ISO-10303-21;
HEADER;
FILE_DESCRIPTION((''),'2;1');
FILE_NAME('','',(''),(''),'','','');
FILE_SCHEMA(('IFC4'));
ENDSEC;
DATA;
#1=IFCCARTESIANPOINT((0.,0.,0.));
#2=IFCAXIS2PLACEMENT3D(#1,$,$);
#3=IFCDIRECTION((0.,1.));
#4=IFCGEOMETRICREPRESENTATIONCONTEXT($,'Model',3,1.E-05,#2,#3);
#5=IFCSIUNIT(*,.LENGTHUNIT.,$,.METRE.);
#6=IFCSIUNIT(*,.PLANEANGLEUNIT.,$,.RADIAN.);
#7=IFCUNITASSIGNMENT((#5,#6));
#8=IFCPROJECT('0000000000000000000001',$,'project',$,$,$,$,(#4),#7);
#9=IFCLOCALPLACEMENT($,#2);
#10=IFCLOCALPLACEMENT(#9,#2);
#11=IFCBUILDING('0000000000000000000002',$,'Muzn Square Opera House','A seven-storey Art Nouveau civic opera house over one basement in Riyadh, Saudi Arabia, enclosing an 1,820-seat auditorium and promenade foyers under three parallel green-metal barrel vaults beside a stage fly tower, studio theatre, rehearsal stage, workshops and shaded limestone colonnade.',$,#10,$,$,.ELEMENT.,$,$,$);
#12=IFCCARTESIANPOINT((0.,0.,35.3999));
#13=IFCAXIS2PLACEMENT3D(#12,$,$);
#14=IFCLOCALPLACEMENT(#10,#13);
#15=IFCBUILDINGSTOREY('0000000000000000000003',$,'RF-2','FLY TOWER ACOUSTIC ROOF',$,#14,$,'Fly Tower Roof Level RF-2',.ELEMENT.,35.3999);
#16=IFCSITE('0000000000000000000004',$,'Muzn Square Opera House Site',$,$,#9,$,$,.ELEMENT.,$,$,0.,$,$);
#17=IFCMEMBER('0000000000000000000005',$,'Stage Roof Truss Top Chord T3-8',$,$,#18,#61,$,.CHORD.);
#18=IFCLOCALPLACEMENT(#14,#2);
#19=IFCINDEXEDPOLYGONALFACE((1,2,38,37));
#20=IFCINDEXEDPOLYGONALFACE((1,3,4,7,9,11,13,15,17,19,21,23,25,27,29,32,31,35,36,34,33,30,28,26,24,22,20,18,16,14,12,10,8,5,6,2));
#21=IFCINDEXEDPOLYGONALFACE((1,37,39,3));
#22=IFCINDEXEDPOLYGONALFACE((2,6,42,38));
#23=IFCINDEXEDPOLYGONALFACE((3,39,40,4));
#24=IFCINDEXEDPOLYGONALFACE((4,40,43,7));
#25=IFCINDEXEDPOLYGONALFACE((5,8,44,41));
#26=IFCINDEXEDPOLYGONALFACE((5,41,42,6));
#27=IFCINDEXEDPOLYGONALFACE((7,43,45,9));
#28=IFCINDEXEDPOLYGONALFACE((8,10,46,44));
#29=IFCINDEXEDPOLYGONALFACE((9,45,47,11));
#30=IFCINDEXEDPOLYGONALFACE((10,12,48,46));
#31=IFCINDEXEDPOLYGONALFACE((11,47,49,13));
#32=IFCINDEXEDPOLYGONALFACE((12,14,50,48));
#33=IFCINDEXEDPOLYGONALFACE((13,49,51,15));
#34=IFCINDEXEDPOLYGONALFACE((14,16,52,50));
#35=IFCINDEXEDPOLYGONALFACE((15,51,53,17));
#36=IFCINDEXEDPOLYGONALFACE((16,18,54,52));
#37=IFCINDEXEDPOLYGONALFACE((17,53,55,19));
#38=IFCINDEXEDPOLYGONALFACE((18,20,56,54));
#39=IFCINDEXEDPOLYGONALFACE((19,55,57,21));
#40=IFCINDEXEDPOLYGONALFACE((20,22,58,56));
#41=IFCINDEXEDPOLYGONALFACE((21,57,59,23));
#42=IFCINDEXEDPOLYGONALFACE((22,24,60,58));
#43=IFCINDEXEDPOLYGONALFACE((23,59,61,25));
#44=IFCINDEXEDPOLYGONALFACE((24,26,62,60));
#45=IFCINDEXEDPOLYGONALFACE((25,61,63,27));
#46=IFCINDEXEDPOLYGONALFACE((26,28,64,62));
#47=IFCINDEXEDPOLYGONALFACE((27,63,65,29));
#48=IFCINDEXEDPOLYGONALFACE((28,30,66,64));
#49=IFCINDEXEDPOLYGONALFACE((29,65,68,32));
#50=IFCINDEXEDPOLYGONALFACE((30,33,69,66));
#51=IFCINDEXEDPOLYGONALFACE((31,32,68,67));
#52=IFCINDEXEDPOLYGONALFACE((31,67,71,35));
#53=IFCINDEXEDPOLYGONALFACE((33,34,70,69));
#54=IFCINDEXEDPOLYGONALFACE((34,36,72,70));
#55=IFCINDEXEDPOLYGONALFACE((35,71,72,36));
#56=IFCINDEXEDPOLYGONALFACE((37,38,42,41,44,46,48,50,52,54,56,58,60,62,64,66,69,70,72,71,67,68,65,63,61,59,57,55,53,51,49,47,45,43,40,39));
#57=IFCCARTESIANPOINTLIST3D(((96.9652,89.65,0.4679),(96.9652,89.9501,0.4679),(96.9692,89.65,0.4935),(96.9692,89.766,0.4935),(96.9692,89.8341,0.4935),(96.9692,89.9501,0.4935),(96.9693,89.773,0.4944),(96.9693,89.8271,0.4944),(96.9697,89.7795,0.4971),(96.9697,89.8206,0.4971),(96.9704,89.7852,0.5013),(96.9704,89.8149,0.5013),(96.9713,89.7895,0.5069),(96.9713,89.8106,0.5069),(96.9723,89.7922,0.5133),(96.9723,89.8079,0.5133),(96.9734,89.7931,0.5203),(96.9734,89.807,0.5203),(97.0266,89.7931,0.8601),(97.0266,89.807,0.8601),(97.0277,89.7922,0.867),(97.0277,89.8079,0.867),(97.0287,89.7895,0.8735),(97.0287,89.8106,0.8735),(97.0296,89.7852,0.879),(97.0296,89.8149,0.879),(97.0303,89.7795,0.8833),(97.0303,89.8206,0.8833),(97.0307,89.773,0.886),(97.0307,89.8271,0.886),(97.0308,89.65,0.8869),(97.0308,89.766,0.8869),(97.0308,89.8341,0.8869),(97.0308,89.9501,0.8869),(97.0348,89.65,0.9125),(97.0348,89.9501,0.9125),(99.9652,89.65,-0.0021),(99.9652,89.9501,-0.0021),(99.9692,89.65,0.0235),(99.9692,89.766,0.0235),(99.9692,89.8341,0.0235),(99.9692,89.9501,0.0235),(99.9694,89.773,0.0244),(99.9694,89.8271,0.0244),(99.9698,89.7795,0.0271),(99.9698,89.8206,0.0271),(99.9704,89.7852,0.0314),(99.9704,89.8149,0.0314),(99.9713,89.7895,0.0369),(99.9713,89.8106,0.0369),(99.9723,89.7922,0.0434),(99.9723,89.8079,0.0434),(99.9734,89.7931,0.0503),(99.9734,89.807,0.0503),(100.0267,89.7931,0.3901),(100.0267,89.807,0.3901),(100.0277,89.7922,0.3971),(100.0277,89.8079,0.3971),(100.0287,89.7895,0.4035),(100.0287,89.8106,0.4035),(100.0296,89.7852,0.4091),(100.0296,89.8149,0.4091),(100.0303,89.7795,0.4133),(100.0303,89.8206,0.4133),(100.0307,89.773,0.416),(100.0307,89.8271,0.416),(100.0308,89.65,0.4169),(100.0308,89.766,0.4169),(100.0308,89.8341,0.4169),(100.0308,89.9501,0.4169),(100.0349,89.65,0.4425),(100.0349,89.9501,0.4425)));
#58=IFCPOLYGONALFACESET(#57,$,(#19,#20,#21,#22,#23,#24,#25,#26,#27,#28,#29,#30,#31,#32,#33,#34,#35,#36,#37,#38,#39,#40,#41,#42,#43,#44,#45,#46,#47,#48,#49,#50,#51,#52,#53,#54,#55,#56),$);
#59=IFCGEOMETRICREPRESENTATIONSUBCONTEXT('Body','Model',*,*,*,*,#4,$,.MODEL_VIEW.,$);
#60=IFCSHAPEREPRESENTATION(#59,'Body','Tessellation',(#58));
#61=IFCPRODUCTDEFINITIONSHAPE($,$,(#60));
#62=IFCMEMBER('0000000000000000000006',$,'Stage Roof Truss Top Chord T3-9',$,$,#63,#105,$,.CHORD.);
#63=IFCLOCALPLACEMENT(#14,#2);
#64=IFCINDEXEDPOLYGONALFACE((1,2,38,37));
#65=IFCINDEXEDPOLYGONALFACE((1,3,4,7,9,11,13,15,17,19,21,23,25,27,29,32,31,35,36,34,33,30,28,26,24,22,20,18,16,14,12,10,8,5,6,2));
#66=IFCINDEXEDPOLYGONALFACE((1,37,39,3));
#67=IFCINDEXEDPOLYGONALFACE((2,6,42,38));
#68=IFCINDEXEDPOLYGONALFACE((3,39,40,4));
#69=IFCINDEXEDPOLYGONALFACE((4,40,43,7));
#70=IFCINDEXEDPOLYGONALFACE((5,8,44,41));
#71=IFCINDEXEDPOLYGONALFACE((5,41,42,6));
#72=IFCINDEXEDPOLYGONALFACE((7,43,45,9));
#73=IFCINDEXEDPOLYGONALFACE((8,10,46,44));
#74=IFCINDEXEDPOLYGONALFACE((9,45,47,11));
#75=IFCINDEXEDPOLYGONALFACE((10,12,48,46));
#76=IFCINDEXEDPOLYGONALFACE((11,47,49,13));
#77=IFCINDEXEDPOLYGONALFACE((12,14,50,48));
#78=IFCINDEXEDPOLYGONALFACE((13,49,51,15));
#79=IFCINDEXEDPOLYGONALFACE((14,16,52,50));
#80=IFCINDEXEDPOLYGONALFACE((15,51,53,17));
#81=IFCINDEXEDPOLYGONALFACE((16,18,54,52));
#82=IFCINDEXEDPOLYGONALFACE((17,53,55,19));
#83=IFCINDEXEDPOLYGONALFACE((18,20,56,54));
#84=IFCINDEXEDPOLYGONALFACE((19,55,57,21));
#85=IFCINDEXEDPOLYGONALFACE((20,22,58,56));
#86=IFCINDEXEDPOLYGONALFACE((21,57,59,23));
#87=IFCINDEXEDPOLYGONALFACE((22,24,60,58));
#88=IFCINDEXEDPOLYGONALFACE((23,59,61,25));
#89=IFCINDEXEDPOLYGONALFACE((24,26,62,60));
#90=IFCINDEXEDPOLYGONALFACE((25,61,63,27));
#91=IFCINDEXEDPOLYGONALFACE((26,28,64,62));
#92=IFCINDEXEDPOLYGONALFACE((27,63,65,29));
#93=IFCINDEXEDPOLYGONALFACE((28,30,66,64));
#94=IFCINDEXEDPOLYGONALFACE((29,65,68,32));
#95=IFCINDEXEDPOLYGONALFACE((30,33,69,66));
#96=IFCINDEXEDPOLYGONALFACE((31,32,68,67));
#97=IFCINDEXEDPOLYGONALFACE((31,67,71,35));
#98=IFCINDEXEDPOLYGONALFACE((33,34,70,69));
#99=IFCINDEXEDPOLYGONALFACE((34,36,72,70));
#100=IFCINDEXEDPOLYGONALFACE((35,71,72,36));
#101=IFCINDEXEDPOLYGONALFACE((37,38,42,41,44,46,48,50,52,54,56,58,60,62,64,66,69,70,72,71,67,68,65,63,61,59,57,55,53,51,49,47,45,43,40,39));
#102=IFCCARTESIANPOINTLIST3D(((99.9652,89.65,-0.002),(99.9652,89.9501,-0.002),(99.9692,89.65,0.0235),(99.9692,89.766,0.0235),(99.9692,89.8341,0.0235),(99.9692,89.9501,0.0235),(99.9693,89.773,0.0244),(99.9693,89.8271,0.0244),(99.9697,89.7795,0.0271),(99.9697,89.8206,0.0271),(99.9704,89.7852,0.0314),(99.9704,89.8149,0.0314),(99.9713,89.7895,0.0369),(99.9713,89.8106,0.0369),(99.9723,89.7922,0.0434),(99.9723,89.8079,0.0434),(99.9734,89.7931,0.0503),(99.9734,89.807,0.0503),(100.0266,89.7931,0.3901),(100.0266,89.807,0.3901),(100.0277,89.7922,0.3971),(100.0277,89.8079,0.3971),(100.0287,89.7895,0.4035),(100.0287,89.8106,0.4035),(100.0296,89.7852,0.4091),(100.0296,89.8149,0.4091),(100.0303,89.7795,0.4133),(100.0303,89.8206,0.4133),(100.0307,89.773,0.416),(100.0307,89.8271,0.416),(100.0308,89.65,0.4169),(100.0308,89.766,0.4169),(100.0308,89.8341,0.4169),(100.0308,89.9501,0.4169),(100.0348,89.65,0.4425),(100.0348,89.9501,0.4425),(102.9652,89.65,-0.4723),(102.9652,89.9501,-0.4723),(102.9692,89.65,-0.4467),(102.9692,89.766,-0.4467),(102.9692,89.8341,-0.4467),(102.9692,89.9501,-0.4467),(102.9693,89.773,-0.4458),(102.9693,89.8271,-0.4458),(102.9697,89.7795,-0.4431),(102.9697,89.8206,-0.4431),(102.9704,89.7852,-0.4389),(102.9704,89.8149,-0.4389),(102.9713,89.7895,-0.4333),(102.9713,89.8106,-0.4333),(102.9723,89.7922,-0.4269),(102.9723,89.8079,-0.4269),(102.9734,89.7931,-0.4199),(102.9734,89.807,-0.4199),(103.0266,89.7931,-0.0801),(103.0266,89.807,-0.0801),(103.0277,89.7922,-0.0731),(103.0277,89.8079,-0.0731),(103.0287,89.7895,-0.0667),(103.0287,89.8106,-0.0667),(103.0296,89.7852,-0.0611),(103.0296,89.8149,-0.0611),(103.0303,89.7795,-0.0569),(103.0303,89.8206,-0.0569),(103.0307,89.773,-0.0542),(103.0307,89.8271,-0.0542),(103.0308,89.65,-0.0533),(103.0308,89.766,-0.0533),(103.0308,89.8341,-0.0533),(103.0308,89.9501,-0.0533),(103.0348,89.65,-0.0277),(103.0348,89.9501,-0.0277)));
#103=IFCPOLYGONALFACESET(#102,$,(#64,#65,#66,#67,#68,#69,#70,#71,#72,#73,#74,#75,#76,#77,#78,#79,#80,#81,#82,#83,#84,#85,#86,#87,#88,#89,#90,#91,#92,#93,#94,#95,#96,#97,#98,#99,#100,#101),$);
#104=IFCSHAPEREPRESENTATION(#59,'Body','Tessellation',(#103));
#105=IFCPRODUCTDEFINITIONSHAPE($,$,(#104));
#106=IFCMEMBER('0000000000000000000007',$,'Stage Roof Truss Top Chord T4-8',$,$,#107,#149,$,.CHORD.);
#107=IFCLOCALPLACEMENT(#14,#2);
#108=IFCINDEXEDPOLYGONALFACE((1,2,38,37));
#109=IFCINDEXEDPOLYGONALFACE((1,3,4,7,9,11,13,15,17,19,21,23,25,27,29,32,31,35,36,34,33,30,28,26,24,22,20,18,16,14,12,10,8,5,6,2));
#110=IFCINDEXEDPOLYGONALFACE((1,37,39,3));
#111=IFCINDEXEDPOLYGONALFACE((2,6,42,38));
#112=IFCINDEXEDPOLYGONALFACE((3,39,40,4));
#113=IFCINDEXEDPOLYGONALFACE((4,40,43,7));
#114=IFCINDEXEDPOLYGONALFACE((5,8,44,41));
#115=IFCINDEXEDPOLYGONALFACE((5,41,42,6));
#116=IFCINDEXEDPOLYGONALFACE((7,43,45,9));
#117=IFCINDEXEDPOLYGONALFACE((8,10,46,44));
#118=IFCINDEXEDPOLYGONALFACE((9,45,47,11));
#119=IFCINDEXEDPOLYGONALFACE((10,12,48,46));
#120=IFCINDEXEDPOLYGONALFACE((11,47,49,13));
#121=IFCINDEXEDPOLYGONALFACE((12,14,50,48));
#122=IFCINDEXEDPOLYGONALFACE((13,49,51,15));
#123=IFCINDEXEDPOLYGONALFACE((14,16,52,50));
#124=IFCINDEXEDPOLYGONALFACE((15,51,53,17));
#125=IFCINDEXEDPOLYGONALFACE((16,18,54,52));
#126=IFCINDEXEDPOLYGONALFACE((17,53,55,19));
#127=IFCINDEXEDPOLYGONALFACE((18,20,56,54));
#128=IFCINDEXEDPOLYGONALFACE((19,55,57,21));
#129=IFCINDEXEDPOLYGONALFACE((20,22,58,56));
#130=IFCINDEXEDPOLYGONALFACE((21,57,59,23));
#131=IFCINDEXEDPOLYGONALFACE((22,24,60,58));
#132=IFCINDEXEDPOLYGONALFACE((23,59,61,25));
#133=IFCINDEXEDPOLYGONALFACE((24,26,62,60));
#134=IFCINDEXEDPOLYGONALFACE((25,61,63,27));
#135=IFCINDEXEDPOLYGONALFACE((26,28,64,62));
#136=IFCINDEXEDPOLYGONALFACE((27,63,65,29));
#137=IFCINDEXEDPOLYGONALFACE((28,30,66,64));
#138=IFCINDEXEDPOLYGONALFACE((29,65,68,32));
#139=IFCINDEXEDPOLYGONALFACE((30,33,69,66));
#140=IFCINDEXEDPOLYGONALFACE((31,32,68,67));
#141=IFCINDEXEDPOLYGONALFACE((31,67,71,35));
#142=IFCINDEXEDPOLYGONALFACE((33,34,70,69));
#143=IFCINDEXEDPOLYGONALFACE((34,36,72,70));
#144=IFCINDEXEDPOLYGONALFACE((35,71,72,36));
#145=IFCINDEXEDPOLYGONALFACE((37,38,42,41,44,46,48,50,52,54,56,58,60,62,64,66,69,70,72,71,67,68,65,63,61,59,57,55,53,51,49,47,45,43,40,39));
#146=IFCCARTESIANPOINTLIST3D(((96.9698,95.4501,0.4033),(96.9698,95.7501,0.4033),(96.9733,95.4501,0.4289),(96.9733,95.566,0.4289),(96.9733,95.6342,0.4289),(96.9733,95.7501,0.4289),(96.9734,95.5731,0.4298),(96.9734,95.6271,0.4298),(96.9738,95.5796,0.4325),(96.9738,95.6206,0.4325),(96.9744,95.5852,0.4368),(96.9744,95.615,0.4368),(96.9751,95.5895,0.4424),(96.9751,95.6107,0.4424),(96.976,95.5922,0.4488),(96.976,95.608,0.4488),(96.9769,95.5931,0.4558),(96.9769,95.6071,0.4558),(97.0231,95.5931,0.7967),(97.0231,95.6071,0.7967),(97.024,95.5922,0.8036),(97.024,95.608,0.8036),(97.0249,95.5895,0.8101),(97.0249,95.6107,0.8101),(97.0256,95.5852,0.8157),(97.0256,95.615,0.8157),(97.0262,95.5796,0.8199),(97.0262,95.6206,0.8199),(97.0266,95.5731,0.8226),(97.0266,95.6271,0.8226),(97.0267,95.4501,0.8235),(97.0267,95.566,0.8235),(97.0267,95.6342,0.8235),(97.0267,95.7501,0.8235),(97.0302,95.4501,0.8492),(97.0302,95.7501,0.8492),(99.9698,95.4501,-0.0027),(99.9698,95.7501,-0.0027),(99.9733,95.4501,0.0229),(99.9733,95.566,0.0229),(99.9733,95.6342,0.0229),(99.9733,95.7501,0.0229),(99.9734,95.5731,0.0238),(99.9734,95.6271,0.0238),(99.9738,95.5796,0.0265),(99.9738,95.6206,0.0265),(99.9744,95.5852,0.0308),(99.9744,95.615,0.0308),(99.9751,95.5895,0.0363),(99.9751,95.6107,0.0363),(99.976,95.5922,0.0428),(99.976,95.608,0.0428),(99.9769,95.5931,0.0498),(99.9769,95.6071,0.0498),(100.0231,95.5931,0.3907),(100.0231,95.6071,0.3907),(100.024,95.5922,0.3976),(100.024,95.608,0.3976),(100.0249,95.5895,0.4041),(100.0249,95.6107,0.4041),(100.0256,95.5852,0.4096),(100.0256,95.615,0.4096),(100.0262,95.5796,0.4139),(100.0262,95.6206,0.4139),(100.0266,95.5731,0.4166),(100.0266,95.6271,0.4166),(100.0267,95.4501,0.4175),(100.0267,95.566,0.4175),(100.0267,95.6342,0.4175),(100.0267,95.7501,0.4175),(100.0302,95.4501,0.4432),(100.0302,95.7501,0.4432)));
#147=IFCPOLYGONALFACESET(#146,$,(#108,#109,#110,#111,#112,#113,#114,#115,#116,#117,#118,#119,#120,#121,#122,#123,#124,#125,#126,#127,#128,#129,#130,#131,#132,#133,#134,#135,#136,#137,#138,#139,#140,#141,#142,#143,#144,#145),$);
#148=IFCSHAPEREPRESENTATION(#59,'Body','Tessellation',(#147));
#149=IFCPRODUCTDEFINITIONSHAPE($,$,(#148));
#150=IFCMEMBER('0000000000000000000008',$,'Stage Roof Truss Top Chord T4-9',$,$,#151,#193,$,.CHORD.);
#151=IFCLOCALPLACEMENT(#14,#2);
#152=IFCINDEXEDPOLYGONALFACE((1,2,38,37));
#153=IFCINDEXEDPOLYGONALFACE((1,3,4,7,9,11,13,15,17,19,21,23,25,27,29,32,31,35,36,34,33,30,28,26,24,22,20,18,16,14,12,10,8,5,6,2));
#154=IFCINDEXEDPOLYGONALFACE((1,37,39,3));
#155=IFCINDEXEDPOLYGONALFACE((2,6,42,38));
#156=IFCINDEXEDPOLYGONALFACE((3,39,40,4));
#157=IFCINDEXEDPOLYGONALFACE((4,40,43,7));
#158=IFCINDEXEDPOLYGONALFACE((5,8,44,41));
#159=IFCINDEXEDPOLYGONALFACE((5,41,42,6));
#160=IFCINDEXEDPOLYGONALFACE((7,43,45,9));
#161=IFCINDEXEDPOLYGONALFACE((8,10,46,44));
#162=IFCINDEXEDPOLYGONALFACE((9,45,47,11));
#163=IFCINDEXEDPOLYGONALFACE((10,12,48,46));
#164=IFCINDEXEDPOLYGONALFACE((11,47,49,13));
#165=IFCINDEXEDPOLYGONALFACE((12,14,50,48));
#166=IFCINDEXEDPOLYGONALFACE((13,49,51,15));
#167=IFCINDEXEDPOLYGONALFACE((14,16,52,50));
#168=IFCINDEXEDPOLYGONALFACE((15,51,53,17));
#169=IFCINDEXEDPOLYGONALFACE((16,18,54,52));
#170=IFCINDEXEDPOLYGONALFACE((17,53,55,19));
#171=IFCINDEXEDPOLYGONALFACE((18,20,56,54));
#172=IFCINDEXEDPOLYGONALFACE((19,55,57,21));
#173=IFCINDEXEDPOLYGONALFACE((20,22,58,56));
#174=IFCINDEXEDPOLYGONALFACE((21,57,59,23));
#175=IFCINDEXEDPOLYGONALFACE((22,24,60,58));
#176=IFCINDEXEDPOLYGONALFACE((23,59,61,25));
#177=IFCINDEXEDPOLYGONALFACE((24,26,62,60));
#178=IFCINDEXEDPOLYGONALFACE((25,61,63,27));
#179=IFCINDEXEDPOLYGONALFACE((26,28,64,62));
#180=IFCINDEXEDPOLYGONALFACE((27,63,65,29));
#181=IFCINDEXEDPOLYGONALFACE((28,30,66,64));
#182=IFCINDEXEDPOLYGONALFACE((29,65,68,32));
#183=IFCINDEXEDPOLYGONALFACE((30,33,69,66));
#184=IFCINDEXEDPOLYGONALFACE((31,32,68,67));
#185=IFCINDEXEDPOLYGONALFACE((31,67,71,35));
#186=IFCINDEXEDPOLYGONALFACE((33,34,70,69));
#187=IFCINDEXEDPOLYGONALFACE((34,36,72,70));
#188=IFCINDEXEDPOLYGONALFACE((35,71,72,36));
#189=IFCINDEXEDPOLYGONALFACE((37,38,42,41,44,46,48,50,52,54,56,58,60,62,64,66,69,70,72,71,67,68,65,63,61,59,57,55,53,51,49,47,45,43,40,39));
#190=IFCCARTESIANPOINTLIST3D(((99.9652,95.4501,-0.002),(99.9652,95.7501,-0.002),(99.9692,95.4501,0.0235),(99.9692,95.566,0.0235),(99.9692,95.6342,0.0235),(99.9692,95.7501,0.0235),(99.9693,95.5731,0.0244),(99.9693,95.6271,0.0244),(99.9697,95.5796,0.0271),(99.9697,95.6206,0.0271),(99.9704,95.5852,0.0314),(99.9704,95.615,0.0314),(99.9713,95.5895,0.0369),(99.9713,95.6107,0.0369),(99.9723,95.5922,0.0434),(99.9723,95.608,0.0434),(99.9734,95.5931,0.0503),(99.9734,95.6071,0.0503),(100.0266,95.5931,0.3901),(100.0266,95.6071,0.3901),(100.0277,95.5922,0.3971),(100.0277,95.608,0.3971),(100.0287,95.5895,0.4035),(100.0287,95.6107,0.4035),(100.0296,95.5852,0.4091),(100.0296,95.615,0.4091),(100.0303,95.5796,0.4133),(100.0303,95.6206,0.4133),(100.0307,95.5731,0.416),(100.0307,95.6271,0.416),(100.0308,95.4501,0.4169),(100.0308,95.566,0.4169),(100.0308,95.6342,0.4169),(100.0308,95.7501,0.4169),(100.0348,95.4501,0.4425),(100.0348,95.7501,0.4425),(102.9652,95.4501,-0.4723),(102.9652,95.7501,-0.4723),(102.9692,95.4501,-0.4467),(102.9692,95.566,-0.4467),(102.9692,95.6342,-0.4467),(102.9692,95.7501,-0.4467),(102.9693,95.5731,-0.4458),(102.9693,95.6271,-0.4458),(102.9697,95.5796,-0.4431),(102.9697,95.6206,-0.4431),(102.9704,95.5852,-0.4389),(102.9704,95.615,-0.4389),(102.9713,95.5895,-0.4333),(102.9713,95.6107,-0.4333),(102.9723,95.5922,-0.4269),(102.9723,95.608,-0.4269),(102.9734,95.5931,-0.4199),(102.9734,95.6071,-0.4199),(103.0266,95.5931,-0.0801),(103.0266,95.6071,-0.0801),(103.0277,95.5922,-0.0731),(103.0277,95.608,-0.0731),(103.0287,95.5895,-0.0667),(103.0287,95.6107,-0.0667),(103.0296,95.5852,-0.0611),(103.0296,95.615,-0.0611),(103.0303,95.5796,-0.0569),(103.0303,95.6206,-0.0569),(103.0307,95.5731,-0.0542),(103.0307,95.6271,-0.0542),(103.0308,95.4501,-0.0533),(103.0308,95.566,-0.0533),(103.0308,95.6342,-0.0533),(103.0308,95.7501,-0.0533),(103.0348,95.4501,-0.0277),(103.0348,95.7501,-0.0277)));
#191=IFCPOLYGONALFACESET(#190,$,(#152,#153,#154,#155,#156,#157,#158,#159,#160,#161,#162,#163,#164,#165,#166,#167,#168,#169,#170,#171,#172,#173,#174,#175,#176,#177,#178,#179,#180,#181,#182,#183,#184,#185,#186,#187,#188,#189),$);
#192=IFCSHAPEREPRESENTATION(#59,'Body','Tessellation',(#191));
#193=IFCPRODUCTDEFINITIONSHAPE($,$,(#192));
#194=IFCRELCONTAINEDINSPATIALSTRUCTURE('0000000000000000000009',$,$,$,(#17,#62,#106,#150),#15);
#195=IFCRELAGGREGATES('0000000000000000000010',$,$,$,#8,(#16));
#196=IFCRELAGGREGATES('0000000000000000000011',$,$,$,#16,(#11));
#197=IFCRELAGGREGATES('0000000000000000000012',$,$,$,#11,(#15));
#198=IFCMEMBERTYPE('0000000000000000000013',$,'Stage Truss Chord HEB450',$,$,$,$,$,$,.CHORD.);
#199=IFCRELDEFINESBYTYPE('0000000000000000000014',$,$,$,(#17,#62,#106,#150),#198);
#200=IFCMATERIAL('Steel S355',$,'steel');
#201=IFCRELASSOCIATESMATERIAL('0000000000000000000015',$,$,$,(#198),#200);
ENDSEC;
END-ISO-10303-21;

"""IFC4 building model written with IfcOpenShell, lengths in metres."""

from ifc_helpers import new_model, si_unit, direction, frame, origin, origin_2d, place, context, subcontext, project, spatial, i_section, extrude, material, material_profile, profile_set, type_object, element, save


model = new_model("IFC4")

# Units and contexts
model_context = context("Model", 3, precision=1e-05, world=origin(), true_north=direction((0.0, 1.0)))
body_context = subcontext(model_context, "Body", "Model", "MODEL_VIEW")
ifc_project = project(units=[si_unit("LENGTHUNIT", "METRE"), si_unit("PLANEANGLEUNIT", "RADIAN")], contexts=[model_context])

# Site, building, storey
site_placement = place(None, origin())
site = spatial("IfcSite", under=ifc_project, at=site_placement, Name="Muzn Square Opera House Site", CompositionType="ELEMENT", RefElevation=0.0)
building_placement = place(site_placement, origin())
building = spatial("IfcBuilding", under=site, at=building_placement, Name="Muzn Square Opera House", Description="A seven-storey Art Nouveau civic opera house over one basement in Riyadh, Saudi Arabia, enclosing an 1,820-seat auditorium and promenade foyers under three parallel green-metal barrel vaults beside a stage fly tower, studio theatre, rehearsal stage, workshops and shaded limestone colonnade.", CompositionType="ELEMENT")
storey_placement = place(building_placement, frame((0.0, 0.0, 35.3999)))
storey = spatial("IfcBuildingStorey", under=building, at=storey_placement, Name="RF-2", Description="FLY TOWER ACOUSTIC ROOF", LongName="Fly Tower Roof Level RF-2", CompositionType="ELEMENT", Elevation=35.3999)

# Members
ifc_material_1 = material(Name="Steel S355", Category="steel")
ifc_material_profile_1 = material_profile(ifc_material_1, i_section(OverallWidth=0.3, OverallDepth=0.45, WebThickness=0.0139, FlangeThickness=0.0259, FilletRadius=0.0271, at=origin_2d()), Name="HEB 450", Category="steel")
ifc_profile_set_1 = profile_set([ifc_material_profile_1], Name="Steel S355")
member_type_1 = type_object("IfcMemberType", Name="Stage Truss Chord HEB450", PredefinedType="CHORD", material=ifc_profile_set_1)
for number, where, z_axis, x_axis, name in (
    (1, (97.0, 89.8, 0.6902), (0.987951, 0.0, -0.154769), (0.0, 1.0, 0.0), "Stage Roof Truss Top Chord T3-8"),
    (2, (100.0, 89.8, 0.2202), (0.987938, 0.0, -0.154848), (0.0, 1.0, 0.0), "Stage Roof Truss Top Chord T3-9"),
):
    element("IfcMember", number, at=place(storey_placement, frame(where, z_axis=z_axis, x_axis=x_axis)), inside=storey, type_object=member_type_1, Name=name, PredefinedType="CHORD", context=body_context, shape_type="SweptSolid", body=[
        extrude(i_section(OverallWidth=0.3, OverallDepth=0.45, WebThickness=0.0139, FlangeThickness=0.0259, FilletRadius=0.0271, at=origin_2d()), origin(), (0.0, 0.0, 1.0), 3.0366),
    ])
member_1_placement = place(storey_placement, frame((97.0, 95.6001, 0.6262), z_axis=(0.990966, 0.0, -0.134113), x_axis=(0.0, 1.0, 0.0)))
element("IfcMember", 3, at=member_1_placement, inside=storey, type_object=member_type_1, Name="Stage Roof Truss Top Chord T4-8", PredefinedType="CHORD", context=body_context, shape_type="SweptSolid", body=[
    extrude(i_section(OverallWidth=0.3, OverallDepth=0.45, WebThickness=0.0139, FlangeThickness=0.0259, FilletRadius=0.0271, at=origin_2d()), origin(), (0.0, 0.0, 1.0), 3.0273),
])
member_2_placement = place(storey_placement, frame((100.0, 95.6001, 0.2202), z_axis=(0.987938, 0.0, -0.154848), x_axis=(0.0, 1.0, 0.0)))
element("IfcMember", 4, at=member_2_placement, inside=storey, type_object=member_type_1, Name="Stage Roof Truss Top Chord T4-9", PredefinedType="CHORD", context=body_context, shape_type="SweptSolid", body=[
    extrude(i_section(OverallWidth=0.3, OverallDepth=0.45, WebThickness=0.0139, FlangeThickness=0.0259, FilletRadius=0.0271, at=origin_2d()), origin(), (0.0, 0.0, 1.0), 3.0366),
])

save(model, "model.ifc")
